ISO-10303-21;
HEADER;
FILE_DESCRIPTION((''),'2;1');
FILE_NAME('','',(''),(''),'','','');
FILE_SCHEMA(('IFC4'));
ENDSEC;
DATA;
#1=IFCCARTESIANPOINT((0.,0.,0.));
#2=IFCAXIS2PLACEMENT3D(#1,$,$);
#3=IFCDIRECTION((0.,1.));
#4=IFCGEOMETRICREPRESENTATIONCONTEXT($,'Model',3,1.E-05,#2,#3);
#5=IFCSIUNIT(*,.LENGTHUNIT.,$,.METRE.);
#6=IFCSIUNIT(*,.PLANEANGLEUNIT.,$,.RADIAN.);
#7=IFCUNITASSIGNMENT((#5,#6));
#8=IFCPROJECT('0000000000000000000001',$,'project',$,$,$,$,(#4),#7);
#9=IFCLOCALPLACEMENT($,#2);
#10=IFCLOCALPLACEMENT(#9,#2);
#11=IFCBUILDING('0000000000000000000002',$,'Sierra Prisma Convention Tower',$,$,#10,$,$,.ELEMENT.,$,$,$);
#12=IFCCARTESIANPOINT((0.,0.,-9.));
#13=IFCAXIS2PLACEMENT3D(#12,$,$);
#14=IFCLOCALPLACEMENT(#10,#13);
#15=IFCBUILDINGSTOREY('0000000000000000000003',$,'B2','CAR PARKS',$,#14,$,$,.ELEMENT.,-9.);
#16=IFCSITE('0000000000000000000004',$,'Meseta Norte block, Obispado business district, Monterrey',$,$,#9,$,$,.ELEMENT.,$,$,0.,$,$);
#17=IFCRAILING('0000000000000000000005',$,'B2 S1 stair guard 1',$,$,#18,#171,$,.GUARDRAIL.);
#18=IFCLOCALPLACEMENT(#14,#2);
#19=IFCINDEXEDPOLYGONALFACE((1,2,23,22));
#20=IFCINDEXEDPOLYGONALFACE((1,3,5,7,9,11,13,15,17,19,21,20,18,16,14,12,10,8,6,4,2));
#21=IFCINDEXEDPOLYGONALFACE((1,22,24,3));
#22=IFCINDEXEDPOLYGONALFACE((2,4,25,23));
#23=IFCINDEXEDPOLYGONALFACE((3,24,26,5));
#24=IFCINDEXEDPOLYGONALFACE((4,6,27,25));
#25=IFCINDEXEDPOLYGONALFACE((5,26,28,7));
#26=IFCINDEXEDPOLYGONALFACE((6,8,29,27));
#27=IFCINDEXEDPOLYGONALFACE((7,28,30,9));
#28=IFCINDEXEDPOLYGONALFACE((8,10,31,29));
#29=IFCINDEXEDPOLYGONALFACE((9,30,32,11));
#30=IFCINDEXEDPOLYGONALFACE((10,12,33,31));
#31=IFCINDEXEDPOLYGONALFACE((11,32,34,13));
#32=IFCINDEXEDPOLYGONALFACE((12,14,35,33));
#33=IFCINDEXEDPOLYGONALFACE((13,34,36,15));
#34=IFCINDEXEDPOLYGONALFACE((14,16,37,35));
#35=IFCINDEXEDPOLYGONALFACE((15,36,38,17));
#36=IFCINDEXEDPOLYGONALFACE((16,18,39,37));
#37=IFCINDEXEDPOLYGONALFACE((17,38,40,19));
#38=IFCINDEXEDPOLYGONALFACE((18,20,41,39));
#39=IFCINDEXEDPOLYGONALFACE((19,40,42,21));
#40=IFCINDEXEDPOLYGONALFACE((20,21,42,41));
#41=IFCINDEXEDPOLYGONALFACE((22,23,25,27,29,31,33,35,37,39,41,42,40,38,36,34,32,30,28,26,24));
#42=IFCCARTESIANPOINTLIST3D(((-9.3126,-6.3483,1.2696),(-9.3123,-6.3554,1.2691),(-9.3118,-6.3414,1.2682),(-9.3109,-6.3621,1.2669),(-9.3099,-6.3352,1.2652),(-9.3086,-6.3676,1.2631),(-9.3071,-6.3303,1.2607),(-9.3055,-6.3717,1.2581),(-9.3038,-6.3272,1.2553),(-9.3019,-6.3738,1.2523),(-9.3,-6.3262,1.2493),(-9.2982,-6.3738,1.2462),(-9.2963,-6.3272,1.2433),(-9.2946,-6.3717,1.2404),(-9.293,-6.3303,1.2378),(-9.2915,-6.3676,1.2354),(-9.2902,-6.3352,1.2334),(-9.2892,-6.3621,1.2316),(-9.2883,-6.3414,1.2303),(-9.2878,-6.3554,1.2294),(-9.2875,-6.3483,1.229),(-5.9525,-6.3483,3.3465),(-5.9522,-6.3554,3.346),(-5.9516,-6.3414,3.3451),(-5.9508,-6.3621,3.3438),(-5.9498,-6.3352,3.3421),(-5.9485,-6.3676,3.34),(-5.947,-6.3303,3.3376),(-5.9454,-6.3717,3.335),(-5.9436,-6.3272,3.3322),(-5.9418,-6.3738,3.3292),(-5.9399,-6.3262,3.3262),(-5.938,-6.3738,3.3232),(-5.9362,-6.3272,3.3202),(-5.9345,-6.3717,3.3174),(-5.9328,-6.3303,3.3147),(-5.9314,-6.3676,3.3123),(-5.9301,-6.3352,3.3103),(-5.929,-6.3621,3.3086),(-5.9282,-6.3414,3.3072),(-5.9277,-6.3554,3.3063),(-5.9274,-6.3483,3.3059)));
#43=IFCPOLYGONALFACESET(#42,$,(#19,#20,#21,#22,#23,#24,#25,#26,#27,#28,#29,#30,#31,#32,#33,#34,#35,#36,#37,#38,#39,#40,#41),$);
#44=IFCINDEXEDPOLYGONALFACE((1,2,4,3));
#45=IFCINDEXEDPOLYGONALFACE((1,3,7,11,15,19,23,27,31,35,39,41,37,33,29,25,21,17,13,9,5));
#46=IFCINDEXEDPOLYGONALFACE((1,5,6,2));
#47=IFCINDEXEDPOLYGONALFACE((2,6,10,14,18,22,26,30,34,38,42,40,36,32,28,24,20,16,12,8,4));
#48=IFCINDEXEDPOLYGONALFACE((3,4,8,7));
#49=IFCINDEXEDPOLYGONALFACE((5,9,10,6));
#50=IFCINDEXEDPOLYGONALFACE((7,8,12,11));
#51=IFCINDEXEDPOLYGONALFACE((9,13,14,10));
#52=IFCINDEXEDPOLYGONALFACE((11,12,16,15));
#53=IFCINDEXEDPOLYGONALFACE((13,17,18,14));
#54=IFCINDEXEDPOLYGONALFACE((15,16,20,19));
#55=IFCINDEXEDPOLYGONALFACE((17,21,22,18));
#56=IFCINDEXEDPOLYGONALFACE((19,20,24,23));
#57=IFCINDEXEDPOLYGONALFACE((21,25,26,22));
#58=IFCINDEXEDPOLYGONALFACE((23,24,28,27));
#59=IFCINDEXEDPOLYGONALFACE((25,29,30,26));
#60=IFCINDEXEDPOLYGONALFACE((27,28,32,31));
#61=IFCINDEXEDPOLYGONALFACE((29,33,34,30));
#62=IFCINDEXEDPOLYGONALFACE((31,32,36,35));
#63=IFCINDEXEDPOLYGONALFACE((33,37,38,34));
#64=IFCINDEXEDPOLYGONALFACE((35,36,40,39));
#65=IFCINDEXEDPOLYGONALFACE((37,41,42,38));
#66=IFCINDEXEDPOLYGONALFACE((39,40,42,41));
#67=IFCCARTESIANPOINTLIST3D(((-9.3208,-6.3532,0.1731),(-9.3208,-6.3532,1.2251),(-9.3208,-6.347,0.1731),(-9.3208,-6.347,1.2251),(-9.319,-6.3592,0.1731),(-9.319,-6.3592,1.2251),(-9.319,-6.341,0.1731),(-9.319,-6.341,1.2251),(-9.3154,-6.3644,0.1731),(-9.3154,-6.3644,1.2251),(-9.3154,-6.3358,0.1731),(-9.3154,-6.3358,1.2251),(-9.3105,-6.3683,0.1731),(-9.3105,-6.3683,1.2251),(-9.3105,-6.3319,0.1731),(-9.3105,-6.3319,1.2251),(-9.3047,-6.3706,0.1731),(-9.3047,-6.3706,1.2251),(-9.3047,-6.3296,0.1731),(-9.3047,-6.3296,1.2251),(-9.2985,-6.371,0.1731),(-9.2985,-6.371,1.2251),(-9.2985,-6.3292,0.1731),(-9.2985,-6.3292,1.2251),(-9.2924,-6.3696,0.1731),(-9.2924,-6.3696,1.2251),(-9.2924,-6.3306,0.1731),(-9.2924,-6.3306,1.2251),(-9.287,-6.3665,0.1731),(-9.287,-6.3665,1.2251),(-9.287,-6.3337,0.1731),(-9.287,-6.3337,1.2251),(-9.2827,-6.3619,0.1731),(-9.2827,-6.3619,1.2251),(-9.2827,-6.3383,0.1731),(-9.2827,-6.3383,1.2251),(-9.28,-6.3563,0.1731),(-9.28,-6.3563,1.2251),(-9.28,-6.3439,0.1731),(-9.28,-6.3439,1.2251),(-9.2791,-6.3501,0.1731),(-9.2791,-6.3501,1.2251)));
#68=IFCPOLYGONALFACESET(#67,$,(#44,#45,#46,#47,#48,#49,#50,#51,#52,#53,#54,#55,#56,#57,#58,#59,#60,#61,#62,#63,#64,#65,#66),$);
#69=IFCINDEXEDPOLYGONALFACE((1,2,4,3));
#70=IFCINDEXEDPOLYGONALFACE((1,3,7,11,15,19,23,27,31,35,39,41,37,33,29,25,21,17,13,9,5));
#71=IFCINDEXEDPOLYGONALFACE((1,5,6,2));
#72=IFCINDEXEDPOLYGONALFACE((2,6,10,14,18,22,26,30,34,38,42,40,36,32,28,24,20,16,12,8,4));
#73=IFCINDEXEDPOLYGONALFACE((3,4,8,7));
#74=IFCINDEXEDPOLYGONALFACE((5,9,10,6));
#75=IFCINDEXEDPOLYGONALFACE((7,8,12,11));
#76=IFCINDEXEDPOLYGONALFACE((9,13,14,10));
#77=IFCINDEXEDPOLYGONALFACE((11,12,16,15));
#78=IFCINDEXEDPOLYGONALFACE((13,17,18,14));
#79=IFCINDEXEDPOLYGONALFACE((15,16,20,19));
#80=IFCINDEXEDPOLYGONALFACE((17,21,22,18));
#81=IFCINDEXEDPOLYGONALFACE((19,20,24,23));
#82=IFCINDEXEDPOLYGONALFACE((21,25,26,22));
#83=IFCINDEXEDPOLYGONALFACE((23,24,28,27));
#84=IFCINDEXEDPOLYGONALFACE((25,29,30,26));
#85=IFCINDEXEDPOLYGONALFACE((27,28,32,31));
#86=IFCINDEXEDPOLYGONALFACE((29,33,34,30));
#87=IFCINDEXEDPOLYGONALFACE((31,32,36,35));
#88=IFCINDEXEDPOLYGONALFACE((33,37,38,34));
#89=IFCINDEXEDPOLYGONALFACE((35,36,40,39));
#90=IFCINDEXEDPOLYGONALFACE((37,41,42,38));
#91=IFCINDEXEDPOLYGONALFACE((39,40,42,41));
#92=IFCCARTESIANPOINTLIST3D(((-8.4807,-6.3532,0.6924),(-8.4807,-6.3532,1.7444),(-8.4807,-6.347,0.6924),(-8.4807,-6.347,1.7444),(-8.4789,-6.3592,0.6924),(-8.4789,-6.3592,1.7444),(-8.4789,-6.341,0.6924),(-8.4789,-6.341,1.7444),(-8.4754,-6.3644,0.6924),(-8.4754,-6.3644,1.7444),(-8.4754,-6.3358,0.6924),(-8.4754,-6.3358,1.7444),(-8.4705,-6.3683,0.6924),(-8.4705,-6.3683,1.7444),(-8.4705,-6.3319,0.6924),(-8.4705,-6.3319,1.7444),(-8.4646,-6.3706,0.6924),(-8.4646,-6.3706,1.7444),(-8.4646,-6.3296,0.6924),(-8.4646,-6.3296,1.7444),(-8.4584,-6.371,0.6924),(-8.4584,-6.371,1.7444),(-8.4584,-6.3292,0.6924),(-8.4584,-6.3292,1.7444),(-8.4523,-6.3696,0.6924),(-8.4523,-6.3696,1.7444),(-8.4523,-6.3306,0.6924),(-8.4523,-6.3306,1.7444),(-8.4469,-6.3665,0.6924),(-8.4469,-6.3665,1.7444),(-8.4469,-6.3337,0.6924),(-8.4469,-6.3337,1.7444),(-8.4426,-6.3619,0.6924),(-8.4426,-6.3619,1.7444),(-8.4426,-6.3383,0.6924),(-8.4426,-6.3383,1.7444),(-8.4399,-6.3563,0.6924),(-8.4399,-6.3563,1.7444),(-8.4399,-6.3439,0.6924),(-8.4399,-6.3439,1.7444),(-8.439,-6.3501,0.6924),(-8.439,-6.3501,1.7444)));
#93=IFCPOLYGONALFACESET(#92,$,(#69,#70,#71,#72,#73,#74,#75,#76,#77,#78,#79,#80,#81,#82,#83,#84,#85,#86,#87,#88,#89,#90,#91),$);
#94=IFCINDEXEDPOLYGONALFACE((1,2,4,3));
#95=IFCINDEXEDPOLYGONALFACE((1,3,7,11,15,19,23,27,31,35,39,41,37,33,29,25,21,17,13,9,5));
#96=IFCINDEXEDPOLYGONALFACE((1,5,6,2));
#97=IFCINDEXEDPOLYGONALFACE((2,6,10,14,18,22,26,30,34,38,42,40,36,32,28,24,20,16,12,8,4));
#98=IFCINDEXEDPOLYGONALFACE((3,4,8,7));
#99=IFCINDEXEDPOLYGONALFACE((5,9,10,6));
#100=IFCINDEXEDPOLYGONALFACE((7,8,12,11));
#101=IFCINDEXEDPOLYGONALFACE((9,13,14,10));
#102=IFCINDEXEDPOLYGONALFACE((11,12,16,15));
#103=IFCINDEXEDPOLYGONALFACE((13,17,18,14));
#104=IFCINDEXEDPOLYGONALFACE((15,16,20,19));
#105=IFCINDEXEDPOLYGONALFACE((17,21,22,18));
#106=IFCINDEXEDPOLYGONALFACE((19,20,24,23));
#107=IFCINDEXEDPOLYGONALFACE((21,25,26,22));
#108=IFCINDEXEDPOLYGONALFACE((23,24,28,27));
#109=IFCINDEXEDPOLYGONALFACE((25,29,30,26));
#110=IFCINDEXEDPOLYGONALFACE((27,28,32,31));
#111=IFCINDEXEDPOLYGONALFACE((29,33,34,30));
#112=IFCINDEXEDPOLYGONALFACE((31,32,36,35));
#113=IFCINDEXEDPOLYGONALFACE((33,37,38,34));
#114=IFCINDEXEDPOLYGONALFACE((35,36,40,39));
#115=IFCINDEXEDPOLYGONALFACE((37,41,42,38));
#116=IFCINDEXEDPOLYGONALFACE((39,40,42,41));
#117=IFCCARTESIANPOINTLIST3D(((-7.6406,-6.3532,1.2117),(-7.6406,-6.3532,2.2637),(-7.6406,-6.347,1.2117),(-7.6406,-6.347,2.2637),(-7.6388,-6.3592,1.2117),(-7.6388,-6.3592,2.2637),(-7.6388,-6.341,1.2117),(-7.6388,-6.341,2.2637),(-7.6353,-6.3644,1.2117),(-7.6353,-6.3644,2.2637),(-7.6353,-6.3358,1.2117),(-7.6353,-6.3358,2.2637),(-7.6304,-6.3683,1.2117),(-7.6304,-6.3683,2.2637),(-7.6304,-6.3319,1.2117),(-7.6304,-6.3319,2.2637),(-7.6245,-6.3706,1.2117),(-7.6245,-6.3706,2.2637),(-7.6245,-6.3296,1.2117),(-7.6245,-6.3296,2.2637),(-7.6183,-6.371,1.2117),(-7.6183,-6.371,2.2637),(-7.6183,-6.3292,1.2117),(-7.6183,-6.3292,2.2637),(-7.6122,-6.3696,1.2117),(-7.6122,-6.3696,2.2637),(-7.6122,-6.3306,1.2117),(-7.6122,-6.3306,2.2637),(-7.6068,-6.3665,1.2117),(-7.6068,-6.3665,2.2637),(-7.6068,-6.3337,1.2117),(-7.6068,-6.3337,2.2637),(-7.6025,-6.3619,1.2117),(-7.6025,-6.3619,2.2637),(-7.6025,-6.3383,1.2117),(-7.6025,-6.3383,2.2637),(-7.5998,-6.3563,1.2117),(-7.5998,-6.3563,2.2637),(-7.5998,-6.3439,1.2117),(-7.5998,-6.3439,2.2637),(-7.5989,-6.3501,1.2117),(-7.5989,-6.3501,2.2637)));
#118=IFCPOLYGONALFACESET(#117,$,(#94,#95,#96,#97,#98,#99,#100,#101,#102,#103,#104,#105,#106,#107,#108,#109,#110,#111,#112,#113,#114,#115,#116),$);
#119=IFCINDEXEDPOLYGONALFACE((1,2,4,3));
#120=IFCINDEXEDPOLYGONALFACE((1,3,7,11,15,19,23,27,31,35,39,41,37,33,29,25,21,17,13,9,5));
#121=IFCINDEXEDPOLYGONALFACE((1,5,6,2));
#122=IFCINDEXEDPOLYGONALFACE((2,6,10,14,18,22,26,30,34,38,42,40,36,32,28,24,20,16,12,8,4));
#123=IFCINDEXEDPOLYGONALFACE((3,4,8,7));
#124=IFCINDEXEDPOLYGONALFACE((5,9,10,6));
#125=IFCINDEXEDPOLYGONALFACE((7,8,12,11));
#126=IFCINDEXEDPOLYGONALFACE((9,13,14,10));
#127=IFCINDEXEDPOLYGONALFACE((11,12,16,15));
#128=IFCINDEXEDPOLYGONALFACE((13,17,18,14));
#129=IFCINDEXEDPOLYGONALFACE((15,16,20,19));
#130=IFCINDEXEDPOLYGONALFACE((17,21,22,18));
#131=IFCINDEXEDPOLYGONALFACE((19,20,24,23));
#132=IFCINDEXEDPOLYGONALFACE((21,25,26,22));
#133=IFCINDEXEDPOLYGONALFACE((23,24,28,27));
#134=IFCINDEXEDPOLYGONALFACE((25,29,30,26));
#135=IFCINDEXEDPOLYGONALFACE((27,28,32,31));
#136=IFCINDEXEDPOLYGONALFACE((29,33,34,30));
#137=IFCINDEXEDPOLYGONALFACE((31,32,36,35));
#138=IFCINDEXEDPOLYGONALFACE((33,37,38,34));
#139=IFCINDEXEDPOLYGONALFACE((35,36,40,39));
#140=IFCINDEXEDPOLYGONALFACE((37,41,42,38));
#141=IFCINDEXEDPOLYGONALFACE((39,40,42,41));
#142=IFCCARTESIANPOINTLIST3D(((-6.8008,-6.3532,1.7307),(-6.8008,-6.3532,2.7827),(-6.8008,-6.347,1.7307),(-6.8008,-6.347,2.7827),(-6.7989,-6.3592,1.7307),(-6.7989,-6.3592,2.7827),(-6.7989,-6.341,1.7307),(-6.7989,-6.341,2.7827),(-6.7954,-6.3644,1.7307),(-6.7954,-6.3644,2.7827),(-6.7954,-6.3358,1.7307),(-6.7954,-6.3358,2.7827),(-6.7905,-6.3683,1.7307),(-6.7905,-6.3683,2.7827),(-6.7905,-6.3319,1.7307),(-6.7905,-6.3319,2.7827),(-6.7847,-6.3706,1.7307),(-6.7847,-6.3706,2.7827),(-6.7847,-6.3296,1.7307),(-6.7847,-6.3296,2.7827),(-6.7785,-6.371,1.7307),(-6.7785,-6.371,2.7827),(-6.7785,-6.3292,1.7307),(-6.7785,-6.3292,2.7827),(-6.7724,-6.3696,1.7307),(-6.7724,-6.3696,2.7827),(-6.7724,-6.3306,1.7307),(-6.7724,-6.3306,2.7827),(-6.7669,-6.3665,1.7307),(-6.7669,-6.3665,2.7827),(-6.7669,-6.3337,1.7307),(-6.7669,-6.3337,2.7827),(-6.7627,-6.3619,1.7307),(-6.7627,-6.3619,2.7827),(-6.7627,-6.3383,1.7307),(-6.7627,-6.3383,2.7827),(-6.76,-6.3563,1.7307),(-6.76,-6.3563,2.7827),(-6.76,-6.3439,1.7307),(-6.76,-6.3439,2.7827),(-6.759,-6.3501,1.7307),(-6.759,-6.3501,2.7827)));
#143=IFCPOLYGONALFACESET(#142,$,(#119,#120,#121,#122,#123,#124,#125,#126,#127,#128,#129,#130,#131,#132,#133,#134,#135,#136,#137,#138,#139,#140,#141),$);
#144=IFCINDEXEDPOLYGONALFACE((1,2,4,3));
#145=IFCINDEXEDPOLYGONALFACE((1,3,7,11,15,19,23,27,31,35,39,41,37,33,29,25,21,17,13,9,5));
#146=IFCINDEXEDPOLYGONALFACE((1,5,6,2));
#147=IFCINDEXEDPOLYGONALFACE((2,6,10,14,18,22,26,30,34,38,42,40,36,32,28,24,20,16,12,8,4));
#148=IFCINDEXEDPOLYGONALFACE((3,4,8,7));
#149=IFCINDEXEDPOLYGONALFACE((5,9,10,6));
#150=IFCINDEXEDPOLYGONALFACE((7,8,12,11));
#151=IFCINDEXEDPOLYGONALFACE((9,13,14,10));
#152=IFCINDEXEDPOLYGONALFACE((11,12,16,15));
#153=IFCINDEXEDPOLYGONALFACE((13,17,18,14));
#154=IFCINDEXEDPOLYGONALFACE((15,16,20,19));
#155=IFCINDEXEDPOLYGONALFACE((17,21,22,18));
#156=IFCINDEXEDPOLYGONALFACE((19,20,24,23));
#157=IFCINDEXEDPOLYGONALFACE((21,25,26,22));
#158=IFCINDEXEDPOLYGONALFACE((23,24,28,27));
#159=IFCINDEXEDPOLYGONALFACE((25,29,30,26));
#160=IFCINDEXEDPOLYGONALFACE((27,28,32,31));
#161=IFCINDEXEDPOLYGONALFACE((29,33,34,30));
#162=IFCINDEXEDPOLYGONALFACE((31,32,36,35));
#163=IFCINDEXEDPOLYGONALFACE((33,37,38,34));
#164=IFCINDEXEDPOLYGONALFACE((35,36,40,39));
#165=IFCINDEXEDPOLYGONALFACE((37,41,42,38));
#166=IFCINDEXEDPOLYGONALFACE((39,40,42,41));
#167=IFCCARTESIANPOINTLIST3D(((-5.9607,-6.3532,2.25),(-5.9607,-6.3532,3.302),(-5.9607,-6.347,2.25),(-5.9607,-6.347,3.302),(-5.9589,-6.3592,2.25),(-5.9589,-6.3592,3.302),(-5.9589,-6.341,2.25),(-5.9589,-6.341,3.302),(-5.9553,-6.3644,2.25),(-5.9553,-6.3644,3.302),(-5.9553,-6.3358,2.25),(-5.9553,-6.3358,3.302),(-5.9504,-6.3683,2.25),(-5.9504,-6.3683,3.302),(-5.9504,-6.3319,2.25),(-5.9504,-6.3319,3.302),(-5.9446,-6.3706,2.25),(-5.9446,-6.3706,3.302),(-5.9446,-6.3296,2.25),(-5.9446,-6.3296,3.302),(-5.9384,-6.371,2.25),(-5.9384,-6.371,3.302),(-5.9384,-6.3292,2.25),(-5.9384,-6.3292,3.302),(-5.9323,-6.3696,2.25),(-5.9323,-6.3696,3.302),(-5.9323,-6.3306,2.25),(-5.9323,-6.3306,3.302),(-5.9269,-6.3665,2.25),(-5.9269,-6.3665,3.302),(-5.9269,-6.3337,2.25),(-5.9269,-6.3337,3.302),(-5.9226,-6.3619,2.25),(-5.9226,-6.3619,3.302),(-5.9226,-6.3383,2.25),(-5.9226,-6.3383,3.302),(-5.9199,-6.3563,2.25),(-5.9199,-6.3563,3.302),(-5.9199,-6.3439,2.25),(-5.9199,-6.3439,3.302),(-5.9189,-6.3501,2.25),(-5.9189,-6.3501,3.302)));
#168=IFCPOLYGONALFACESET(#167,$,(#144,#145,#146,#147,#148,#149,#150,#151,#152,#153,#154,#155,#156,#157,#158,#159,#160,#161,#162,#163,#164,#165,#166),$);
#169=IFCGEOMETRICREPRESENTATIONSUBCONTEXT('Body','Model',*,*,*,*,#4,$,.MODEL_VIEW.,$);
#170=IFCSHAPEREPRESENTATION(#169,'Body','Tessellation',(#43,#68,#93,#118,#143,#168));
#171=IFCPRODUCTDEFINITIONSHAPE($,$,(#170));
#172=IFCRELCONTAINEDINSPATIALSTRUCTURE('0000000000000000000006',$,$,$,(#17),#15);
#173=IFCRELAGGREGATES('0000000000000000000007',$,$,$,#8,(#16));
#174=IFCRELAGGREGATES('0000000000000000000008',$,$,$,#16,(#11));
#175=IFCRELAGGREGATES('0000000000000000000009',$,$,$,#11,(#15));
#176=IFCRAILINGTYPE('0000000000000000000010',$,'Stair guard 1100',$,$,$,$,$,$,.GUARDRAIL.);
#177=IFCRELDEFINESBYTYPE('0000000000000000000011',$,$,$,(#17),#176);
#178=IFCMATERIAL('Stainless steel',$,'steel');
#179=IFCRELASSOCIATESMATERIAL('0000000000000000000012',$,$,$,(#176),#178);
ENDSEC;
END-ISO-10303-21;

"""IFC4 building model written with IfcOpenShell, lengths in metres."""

from ifc_helpers import new_model, si_unit, direction, frame, origin, origin_2d, place, context, subcontext, project, spatial, circle, extrude, material, type_object, element, save


model = new_model("IFC4")

# Units and contexts
model_context = context("Model", 3, precision=1e-05, world=origin(), true_north=direction((0.0, 1.0)))
body_context = subcontext(model_context, "Body", "Model", "MODEL_VIEW")
ifc_project = project(units=[si_unit("LENGTHUNIT", "METRE"), si_unit("PLANEANGLEUNIT", "RADIAN")], contexts=[model_context])

# Site, building, storey
site_placement = place(None, origin())
site = spatial("IfcSite", under=ifc_project, at=site_placement, Name="Meseta Norte block, Obispado business district, Monterrey", CompositionType="ELEMENT", RefElevation=0.0)
building_placement = place(site_placement, origin())
building = spatial("IfcBuilding", under=site, at=building_placement, Name="Sierra Prisma Convention Tower", CompositionType="ELEMENT")
storey_placement = place(building_placement, frame((0.0, 0.0, -9.0)))
storey = spatial("IfcBuildingStorey", under=building, at=storey_placement, Name="B2", Description="CAR PARKS", CompositionType="ELEMENT", Elevation=-9.0)

# Railing
ifc_material_1 = material(Name="Stainless steel", Category="steel")
railing_type_1 = type_object("IfcRailingType", Name="Stair guard 1100", PredefinedType="GUARDRAIL", material=ifc_material_1)
railing_1_placement = place(storey_placement, frame((-9.3, -6.3501, 0.1731)))
element("IfcRailing", 1, at=railing_1_placement, inside=storey, type_object=railing_type_1, Name="B2 S1 stair guard 1", PredefinedType="GUARDRAIL", context=body_context, shape_type="SweptSolid", body=[
    extrude(circle(Radius=0.0239, at=origin_2d()), frame((0.0, 0.0, 1.0762), z_axis=(0.850623, 0.0, 0.525776), x_axis=(0.0, 1.0, 0.0)), (0.0, 0.0, 1.0), 3.9502),
    extrude(circle(Radius=0.021, at=origin_2d()), origin(), (0.0, 0.0, 1.0), 1.052),
    extrude(circle(Radius=0.021, at=origin_2d()), frame((0.8401, 0.0, 0.5193)), (0.0, 0.0, 1.0), 1.052),
    extrude(circle(Radius=0.021, at=origin_2d()), frame((1.6802, 0.0, 1.0386)), (0.0, 0.0, 1.0), 1.052),
    extrude(circle(Radius=0.021, at=origin_2d()), frame((2.52, 0.0, 1.5576)), (0.0, 0.0, 1.0), 1.052),
    extrude(circle(Radius=0.021, at=origin_2d()), frame((3.3601, 0.0, 2.0769)), (0.0, 0.0, 1.0), 1.052),
])

save(model, "model.ifc")
